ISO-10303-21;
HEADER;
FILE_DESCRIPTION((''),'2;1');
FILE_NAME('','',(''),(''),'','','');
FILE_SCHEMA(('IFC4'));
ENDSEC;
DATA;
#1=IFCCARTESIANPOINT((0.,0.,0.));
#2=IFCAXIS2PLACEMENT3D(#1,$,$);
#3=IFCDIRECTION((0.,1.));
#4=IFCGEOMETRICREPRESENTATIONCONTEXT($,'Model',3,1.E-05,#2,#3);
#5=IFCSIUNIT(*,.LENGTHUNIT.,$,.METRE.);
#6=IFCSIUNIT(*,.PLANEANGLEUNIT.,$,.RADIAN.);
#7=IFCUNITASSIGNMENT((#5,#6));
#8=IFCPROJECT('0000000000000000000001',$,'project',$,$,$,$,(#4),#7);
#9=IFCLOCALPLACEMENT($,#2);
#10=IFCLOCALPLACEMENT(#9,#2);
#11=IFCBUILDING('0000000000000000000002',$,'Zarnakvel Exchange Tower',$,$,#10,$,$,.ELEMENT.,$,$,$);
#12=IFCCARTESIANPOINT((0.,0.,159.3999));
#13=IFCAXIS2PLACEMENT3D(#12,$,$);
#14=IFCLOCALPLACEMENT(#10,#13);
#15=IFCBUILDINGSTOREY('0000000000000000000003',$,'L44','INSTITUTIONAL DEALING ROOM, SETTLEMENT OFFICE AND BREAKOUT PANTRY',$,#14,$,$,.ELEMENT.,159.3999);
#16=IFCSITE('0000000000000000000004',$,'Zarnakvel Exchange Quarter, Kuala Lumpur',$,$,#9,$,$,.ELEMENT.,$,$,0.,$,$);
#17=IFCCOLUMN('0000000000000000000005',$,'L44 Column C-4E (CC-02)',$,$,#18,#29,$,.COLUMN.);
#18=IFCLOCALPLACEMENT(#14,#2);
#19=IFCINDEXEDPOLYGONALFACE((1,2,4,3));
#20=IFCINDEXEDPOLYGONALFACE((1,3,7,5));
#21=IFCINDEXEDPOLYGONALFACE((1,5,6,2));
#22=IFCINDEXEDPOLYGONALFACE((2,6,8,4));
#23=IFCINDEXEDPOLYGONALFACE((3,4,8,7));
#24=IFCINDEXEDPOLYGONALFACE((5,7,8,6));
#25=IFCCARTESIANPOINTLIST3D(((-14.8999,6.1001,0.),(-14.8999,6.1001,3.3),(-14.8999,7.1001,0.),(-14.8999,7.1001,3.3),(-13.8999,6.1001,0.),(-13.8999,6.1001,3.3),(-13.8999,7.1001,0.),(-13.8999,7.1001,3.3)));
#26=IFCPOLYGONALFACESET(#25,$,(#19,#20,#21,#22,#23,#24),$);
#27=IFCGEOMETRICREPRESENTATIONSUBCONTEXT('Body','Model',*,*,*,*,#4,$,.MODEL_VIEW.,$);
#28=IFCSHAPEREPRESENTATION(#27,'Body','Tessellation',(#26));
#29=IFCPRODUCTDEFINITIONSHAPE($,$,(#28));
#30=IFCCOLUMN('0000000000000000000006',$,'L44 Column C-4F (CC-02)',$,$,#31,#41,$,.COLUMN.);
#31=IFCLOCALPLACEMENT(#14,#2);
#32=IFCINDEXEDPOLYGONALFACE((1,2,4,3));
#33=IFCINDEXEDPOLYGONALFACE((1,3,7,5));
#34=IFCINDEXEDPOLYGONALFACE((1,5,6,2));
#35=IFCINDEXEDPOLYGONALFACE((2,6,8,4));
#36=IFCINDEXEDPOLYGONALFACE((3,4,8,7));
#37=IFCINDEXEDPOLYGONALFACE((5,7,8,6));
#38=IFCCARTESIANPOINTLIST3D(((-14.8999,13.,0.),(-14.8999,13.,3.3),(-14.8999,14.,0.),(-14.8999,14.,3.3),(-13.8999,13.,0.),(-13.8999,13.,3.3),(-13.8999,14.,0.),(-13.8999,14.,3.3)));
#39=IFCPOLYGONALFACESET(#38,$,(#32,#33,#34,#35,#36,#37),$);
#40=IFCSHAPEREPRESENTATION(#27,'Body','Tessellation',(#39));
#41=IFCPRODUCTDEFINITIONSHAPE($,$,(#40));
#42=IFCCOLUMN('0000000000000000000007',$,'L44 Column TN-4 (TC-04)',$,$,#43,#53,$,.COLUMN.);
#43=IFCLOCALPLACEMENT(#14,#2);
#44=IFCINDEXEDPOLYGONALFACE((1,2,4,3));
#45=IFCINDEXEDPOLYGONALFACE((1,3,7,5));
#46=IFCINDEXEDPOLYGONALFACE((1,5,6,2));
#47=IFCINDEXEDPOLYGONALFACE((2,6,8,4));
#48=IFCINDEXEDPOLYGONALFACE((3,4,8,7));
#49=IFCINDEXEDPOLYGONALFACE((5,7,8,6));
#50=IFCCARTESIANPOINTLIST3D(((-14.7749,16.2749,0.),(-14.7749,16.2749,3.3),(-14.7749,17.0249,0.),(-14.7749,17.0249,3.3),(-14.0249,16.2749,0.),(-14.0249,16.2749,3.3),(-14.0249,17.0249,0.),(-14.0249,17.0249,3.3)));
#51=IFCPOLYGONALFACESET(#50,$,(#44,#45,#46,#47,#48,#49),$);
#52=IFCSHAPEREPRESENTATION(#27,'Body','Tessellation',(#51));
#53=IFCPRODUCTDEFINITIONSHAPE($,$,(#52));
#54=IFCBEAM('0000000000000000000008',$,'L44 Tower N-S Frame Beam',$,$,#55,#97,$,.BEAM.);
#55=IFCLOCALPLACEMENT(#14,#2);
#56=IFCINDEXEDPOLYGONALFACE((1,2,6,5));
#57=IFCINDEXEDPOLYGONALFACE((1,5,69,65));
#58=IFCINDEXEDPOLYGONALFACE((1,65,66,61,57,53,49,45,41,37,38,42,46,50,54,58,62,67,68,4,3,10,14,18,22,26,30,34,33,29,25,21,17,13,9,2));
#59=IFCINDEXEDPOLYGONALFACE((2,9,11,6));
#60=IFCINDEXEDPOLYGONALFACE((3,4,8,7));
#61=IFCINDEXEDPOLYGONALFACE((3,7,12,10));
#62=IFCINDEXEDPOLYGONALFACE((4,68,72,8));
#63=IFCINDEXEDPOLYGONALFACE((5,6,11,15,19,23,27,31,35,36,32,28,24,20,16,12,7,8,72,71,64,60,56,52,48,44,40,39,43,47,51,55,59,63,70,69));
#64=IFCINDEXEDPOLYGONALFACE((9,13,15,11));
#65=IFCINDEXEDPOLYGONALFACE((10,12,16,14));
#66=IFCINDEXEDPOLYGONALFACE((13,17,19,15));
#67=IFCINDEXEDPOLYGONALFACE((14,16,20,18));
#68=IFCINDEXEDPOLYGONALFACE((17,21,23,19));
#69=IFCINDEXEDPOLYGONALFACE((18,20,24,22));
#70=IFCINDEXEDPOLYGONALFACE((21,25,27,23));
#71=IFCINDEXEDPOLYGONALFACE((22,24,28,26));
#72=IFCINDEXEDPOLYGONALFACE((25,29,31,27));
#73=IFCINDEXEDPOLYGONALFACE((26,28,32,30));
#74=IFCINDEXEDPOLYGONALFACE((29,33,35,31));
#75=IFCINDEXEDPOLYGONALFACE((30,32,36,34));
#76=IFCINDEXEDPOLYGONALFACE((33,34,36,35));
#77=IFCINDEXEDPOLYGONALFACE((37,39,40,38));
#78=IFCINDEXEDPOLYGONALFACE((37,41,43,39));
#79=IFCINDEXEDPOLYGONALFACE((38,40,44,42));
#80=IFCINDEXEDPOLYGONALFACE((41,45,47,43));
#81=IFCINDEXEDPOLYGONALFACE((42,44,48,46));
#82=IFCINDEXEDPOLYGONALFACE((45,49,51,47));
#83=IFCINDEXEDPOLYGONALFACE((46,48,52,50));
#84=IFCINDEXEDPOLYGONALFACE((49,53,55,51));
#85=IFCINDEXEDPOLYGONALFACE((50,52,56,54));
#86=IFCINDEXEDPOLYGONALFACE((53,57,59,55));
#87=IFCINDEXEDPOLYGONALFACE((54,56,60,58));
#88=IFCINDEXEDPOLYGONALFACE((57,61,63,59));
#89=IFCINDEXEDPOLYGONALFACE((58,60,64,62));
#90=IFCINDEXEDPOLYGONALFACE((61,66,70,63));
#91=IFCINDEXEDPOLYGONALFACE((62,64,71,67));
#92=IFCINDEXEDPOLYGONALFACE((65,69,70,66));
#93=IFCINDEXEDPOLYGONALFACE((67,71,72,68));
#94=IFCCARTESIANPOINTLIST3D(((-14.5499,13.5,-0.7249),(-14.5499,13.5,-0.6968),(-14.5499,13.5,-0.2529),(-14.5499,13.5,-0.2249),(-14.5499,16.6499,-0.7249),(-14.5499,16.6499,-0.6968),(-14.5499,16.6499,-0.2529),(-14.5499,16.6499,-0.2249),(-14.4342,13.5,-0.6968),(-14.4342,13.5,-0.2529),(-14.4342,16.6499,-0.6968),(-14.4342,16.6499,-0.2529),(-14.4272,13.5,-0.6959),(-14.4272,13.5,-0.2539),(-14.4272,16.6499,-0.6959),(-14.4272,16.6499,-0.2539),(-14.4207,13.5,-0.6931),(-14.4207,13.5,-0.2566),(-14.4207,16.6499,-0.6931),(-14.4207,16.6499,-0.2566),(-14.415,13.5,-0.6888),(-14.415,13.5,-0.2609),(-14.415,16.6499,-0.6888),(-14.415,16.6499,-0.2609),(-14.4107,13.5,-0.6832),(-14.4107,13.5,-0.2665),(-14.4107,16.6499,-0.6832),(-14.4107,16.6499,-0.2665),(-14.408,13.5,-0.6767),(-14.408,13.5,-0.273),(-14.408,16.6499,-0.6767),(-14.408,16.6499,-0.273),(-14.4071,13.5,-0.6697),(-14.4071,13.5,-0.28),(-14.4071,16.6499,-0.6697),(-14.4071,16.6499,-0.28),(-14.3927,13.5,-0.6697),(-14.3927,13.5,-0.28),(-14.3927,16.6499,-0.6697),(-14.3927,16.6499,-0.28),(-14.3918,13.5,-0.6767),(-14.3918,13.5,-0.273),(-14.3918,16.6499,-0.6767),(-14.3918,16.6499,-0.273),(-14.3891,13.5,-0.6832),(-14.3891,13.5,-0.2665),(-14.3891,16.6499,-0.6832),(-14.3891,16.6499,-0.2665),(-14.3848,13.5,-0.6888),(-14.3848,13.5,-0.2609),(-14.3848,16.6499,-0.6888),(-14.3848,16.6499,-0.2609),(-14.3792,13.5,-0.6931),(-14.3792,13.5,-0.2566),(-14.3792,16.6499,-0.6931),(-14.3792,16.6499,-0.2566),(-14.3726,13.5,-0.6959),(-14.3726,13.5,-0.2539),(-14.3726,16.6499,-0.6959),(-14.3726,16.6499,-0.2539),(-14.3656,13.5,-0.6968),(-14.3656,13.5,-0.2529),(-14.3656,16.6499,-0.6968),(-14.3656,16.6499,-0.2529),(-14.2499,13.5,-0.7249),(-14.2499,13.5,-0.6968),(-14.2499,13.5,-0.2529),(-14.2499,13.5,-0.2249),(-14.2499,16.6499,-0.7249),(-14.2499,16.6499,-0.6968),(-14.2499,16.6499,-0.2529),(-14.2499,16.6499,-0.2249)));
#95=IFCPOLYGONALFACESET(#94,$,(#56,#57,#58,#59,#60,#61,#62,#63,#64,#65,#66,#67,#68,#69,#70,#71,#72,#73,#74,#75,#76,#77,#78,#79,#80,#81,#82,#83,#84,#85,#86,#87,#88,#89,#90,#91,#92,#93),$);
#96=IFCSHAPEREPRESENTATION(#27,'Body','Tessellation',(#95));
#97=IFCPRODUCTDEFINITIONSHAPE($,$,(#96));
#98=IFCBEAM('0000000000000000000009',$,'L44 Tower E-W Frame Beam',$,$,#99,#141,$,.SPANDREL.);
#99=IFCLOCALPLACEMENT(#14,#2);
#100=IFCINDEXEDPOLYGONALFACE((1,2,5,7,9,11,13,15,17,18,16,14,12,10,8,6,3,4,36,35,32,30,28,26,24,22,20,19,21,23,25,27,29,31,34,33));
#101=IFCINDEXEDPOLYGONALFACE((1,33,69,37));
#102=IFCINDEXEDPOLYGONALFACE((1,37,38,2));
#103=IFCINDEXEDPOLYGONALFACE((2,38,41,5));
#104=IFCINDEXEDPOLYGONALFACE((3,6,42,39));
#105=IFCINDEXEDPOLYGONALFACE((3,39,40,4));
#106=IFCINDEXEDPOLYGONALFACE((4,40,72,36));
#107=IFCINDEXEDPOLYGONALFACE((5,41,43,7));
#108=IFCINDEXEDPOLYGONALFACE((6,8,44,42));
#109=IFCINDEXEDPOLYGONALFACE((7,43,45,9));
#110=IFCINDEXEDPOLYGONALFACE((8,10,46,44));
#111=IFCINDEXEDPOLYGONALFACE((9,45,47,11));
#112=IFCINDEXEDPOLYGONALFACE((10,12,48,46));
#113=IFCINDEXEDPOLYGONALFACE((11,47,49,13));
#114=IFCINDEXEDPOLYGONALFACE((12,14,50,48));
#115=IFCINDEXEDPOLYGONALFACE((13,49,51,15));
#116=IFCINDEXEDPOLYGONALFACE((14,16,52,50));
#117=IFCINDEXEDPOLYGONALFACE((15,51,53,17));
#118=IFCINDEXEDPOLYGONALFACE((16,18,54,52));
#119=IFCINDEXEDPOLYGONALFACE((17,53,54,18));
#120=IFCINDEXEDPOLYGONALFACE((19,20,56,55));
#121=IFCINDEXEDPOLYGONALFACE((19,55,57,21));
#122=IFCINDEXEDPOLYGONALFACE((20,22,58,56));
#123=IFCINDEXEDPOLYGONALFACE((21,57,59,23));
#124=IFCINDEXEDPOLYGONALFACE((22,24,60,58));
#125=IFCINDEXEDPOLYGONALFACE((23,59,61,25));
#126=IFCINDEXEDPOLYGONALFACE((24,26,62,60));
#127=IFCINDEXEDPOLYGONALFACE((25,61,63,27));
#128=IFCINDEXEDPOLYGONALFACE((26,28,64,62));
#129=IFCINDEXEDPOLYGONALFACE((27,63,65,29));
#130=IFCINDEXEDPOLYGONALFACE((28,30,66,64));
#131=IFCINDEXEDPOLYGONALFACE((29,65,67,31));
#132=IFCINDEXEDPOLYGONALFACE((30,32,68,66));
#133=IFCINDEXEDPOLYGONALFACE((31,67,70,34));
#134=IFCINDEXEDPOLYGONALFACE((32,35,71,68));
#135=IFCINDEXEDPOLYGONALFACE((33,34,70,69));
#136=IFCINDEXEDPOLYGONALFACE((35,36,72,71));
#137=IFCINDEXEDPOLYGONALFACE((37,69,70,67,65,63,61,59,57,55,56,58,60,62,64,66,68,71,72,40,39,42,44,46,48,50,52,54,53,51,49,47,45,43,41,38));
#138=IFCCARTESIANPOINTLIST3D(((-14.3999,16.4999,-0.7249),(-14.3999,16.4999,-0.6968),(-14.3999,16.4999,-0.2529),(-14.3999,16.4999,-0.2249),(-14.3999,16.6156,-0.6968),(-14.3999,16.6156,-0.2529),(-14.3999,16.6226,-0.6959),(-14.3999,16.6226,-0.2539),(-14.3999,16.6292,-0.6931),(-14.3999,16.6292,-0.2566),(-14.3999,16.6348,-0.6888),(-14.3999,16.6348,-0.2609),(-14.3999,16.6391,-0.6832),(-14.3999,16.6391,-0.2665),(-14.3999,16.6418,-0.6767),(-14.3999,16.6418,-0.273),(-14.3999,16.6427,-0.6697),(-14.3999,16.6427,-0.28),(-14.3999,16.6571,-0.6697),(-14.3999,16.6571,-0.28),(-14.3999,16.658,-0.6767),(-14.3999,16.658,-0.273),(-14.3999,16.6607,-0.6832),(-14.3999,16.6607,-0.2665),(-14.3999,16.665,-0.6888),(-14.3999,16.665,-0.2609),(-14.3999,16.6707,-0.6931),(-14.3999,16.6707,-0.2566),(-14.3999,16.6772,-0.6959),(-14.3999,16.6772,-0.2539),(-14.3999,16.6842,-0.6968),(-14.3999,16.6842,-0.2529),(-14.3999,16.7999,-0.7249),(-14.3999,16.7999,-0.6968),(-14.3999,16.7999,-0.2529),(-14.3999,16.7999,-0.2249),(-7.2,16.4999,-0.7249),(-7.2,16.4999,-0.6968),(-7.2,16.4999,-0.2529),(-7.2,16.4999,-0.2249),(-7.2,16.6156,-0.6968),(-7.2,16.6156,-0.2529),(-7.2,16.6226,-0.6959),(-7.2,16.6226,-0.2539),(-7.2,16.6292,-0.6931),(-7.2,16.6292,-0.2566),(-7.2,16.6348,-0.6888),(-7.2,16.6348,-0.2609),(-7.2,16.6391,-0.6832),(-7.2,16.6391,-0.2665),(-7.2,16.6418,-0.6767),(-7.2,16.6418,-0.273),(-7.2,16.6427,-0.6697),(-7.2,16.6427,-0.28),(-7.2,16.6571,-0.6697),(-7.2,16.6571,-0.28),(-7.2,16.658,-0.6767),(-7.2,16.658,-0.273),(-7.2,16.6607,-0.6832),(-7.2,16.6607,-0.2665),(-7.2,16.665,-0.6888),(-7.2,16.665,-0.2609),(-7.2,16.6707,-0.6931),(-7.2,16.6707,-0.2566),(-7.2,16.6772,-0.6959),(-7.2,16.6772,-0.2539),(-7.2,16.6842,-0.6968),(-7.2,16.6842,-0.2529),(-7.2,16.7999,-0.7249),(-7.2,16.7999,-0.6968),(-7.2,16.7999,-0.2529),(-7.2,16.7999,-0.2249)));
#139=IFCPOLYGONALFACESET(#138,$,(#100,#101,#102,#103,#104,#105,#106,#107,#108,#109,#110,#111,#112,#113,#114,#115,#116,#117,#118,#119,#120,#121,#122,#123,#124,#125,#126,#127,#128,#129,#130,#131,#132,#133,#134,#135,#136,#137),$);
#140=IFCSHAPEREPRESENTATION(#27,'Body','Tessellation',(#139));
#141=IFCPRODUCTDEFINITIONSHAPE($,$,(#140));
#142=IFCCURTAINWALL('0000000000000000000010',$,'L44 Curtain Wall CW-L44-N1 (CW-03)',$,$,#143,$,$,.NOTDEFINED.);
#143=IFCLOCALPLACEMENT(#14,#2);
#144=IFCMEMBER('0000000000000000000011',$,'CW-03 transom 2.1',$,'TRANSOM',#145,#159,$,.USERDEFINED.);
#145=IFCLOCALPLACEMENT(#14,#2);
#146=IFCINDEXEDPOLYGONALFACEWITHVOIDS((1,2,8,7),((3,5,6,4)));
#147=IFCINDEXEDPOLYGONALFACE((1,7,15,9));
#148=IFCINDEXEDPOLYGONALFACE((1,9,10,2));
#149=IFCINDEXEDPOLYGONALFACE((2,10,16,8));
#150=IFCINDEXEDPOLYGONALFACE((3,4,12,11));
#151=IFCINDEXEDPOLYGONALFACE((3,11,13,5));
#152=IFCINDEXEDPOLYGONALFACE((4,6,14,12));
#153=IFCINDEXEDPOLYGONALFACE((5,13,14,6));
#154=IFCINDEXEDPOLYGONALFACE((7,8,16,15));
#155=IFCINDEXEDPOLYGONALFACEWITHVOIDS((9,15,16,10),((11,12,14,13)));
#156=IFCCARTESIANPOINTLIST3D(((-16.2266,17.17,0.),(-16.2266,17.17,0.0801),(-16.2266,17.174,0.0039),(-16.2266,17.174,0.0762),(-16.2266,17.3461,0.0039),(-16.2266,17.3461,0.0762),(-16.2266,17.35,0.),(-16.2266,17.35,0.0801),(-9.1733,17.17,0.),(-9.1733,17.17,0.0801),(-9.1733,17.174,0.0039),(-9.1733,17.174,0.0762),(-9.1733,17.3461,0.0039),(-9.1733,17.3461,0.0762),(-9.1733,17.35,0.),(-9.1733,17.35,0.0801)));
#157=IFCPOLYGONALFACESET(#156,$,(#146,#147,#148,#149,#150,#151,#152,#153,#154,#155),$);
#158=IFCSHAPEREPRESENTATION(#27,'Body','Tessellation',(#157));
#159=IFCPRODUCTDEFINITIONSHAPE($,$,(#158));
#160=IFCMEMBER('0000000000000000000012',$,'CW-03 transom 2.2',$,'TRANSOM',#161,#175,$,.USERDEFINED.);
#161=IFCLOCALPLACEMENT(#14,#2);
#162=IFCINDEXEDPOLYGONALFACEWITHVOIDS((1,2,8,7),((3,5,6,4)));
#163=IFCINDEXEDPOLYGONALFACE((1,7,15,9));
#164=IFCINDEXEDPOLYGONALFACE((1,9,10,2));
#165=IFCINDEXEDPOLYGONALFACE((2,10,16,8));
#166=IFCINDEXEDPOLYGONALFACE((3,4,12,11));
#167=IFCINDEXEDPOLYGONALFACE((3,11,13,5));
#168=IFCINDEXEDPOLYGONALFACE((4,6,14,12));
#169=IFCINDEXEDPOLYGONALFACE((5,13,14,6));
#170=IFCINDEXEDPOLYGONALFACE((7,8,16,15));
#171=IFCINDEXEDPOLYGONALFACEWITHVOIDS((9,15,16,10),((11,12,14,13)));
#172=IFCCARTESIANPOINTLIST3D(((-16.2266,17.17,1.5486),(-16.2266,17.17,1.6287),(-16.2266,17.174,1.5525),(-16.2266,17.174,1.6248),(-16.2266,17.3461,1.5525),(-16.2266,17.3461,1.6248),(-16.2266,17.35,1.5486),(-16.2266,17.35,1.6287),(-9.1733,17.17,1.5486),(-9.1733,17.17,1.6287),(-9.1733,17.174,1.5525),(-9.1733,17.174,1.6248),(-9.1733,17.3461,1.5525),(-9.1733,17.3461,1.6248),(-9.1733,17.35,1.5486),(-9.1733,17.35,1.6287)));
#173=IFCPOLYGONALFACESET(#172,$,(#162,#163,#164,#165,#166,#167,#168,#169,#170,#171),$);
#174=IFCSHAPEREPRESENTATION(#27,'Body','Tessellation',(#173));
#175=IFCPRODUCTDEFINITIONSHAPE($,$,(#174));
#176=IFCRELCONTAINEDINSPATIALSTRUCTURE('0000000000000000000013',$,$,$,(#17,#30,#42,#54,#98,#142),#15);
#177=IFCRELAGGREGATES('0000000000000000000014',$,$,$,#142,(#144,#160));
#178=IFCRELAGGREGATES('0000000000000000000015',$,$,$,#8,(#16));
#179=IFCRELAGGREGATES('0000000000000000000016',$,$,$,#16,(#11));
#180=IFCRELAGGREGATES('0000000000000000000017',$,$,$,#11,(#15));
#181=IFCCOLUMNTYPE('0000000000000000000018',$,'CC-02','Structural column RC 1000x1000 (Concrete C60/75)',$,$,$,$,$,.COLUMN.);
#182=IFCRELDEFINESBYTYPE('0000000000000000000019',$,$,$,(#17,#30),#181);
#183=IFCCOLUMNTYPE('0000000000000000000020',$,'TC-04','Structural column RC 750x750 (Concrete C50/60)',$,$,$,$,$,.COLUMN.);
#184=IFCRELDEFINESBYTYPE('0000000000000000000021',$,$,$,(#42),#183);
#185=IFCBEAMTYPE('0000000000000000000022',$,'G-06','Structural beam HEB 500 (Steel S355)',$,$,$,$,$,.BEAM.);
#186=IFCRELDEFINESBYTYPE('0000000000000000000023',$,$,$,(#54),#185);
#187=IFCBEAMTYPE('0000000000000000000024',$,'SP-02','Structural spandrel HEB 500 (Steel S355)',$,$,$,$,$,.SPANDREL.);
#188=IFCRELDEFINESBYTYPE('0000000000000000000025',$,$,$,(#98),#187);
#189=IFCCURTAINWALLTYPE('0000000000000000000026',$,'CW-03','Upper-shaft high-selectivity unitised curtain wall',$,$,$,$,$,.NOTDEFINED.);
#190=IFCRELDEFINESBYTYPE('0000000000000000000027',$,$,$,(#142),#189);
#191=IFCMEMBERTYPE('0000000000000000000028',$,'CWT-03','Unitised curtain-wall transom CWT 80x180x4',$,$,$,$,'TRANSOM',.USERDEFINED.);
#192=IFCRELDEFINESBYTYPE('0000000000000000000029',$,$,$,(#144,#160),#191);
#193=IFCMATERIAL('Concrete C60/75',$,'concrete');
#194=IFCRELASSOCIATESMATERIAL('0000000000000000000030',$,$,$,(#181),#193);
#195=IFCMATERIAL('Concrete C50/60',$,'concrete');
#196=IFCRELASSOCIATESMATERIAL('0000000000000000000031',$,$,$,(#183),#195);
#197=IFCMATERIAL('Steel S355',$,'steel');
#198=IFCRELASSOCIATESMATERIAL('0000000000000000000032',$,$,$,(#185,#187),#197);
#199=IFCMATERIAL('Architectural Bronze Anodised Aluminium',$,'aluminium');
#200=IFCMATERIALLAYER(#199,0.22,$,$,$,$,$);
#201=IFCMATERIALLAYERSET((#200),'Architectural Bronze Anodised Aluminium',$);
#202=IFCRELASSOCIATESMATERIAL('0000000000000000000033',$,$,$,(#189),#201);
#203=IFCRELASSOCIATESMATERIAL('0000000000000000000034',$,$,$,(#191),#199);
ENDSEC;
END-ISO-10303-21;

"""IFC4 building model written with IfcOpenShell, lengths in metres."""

from ifc_helpers import new_model, si_unit, direction, frame, origin, origin_2d, place, context, subcontext, project, spatial, rectangle, hollow_rectangle, i_section, extrude, source, transform, mapped, material, layer, layer_set, material_profile, profile_set, type_object, element, aggregate, save


model = new_model("IFC4")

# Units and contexts
model_context = context("Model", 3, precision=1e-05, world=origin(), true_north=direction((0.0, 1.0)))
body_context = subcontext(model_context, "Body", "Model", "MODEL_VIEW")
ifc_project = project(units=[si_unit("LENGTHUNIT", "METRE"), si_unit("PLANEANGLEUNIT", "RADIAN")], contexts=[model_context])

# Site, building, storey
site_placement = place(None, origin())
site = spatial("IfcSite", under=ifc_project, at=site_placement, Name="Zarnakvel Exchange Quarter, Kuala Lumpur", CompositionType="ELEMENT", RefElevation=0.0)
building_placement = place(site_placement, origin())
building = spatial("IfcBuilding", under=site, at=building_placement, Name="Zarnakvel Exchange Tower", CompositionType="ELEMENT")
storey_placement = place(building_placement, frame((0.0, 0.0, 159.3999)))
storey = spatial("IfcBuildingStorey", under=building, at=storey_placement, Name="L44", Description="INSTITUTIONAL DEALING ROOM, SETTLEMENT OFFICE AND BREAKOUT PANTRY", CompositionType="ELEMENT", Elevation=159.3999)

# Columns
ifc_material_1 = material(Name="Concrete C60/75", Category="concrete")
ifc_material_profile_1 = material_profile(ifc_material_1, rectangle(XDim=1.0, YDim=1.0, at=origin_2d()))
ifc_profile_set_1 = profile_set([ifc_material_profile_1], Name="Concrete C60/75")
column_type_1 = type_object("IfcColumnType", Name="CC-02", Description="Structural column RC 1000x1000 (Concrete C60/75)", PredefinedType="COLUMN", material=ifc_profile_set_1)
for number, where, z_axis, x_axis, name in (
    (1, (-14.3999, 6.6001, 0.0), (0.0, 0.0, 1.0), (1.0, 0.0, 0.0), "L44 Column C-4E (CC-02)"),
    (2, (-14.3999, 13.5, 0.0), (0.0, 0.0, 1.0), (1.0, 0.0, 0.0), "L44 Column C-4F (CC-02)"),
):
    element("IfcColumn", number, at=place(storey_placement, frame(where, z_axis=z_axis, x_axis=x_axis)), inside=storey, type_object=column_type_1, Name=name, PredefinedType="COLUMN", context=body_context, shape_type="SweptSolid", body=[
        extrude(rectangle(XDim=1.0, YDim=1.0, at=origin_2d()), origin(), (0.0, 0.0, 1.0), 3.3),
    ])
ifc_material_2 = material(Name="Concrete C50/60", Category="concrete")
ifc_material_profile_2 = material_profile(ifc_material_2, rectangle(XDim=0.75, YDim=0.75, at=origin_2d()))
ifc_profile_set_2 = profile_set([ifc_material_profile_2], Name="Concrete C50/60")
column_type_2 = type_object("IfcColumnType", Name="TC-04", Description="Structural column RC 750x750 (Concrete C50/60)", PredefinedType="COLUMN", material=ifc_profile_set_2)
column_placement = place(storey_placement, frame((-14.3999, 16.6499, 0.0), z_axis=(0.0, 0.0, 1.0), x_axis=(1.0, 0.0, 0.0)))
element("IfcColumn", 3, at=column_placement, inside=storey, type_object=column_type_2, Name="L44 Column TN-4 (TC-04)", PredefinedType="COLUMN", context=body_context, shape_type="SweptSolid", body=[
    extrude(rectangle(XDim=0.75, YDim=0.75, at=origin_2d()), origin(), (0.0, 0.0, 1.0), 3.3),
])

# Beams
ifc_material_3 = material(Name="Steel S355", Category="steel")
ifc_material_profile_3 = material_profile(ifc_material_3, i_section(OverallWidth=0.3, OverallDepth=0.5, WebThickness=0.0144, FlangeThickness=0.0281, FilletRadius=0.0271, at=origin_2d()))
ifc_profile_set_3 = profile_set([ifc_material_profile_3], Name="Steel S355")
beam_type_1 = type_object("IfcBeamType", Name="G-06", Description="Structural beam HEB 500 (Steel S355)", PredefinedType="BEAM", material=ifc_profile_set_3)
beam_1_placement = place(storey_placement, frame((-14.3999, 13.5, -0.4749), z_axis=(0.0, 1.0, 0.0), x_axis=(-1.0, 0.0, 0.0)))
element("IfcBeam", 4, at=beam_1_placement, inside=storey, type_object=beam_type_1, Name="L44 Tower N-S Frame Beam", PredefinedType="BEAM", context=body_context, shape_type="SweptSolid", body=[
    extrude(i_section(OverallWidth=0.3, OverallDepth=0.5, WebThickness=0.0144, FlangeThickness=0.0281, FilletRadius=0.0271, at=origin_2d()), origin(), (0.0, 0.0, 1.0), 3.1499),
])
ifc_material_profile_4 = material_profile(ifc_material_3, i_section(OverallWidth=0.3, OverallDepth=0.5, WebThickness=0.0144, FlangeThickness=0.0281, FilletRadius=0.0271, at=origin_2d()))
ifc_profile_set_4 = profile_set([ifc_material_profile_4], Name="Steel S355")
beam_type_2 = type_object("IfcBeamType", Name="SP-02", Description="Structural spandrel HEB 500 (Steel S355)", PredefinedType="SPANDREL", material=ifc_profile_set_4)
beam_2_placement = place(storey_placement, frame((-14.3999, 16.6499, -0.4749), z_axis=(1.0, 0.0, 0.0), x_axis=(0.0, 1.0, 0.0)))
element("IfcBeam", 5, at=beam_2_placement, inside=storey, type_object=beam_type_2, Name="L44 Tower E-W Frame Beam", PredefinedType="SPANDREL", context=body_context, shape_type="SweptSolid", body=[
    extrude(i_section(OverallWidth=0.3, OverallDepth=0.5, WebThickness=0.0144, FlangeThickness=0.0281, FilletRadius=0.0271, at=origin_2d()), origin(), (0.0, 0.0, 1.0), 7.2),
])

# Curtain wall, members
ifc_material_4 = material(Name="Architectural Bronze Anodised Aluminium", Category="aluminium")
ifc_layer_1 = layer(ifc_material_4, 0.22)
ifc_layer_set_1 = layer_set([ifc_layer_1], Name="Architectural Bronze Anodised Aluminium")
curtain_wall_type = type_object("IfcCurtainWallType", Name="CW-03", Description="Upper-shaft high-selectivity unitised curtain wall", PredefinedType="NOTDEFINED", material=ifc_layer_set_1)
curtain_wall_placement = place(storey_placement, origin())
curtain_wall = element("IfcCurtainWall", 6, at=curtain_wall_placement, inside=storey, type_object=curtain_wall_type, Name="L44 Curtain Wall CW-L44-N1 (CW-03)", PredefinedType="NOTDEFINED")
ifc_material_profile_5 = material_profile(ifc_material_4, hollow_rectangle(XDim=0.1799, YDim=0.0801, WallThickness=0.0039, at=origin_2d()))
ifc_profile_set_5 = profile_set([ifc_material_profile_5], Name="Architectural Bronze Anodised Aluminium")
member_type_1 = type_object("IfcMemberType", Name="CWT-03", Description="Unitised curtain-wall transom CWT 80x180x4", ElementType="TRANSOM", PredefinedType="USERDEFINED", material=ifc_profile_set_5)
shared_shape_1 = source(origin(), body_context, "Body", "SweptSolid", [
    extrude(hollow_rectangle(XDim=0.1799, YDim=0.0801, WallThickness=0.0039, at=origin_2d()), origin(), (0.0, 0.0, 1.0), 7.0532),
])
member_1_placement = place(storey_placement, frame((-16.2266, 17.26, 0.04), z_axis=(1.0, 0.0, 0.0), x_axis=(0.0, 1.0, 0.0)))
member_1 = element("IfcMember", 7, at=member_1_placement, type_object=member_type_1, Name="CW-03 transom 2.1", ObjectType="TRANSOM", PredefinedType="USERDEFINED", context=body_context, shape_type="MappedRepresentation", body=[
    mapped(shared_shape_1, transform((0.0, 0.0, 0.0), x_axis=(1.0, 0.0, 0.0), y_axis=(0.0, 1.0, 0.0), z_axis=(0.0, 0.0, 1.0), scale=1.0)),
])
member_2_placement = place(storey_placement, frame((-16.2266, 17.26, 1.5886), z_axis=(1.0, 0.0, 0.0), x_axis=(0.0, 1.0, 0.0)))
member_2 = element("IfcMember", 8, at=member_2_placement, type_object=member_type_1, Name="CW-03 transom 2.2", ObjectType="TRANSOM", PredefinedType="USERDEFINED", context=body_context, shape_type="MappedRepresentation", body=[
    mapped(shared_shape_1, transform((0.0, 0.0, 0.0), x_axis=(1.0, 0.0, 0.0), y_axis=(0.0, 1.0, 0.0), z_axis=(0.0, 0.0, 1.0), scale=1.0)),
])
aggregate(curtain_wall, [member_1, member_2])

save(model, "model.ifc")
